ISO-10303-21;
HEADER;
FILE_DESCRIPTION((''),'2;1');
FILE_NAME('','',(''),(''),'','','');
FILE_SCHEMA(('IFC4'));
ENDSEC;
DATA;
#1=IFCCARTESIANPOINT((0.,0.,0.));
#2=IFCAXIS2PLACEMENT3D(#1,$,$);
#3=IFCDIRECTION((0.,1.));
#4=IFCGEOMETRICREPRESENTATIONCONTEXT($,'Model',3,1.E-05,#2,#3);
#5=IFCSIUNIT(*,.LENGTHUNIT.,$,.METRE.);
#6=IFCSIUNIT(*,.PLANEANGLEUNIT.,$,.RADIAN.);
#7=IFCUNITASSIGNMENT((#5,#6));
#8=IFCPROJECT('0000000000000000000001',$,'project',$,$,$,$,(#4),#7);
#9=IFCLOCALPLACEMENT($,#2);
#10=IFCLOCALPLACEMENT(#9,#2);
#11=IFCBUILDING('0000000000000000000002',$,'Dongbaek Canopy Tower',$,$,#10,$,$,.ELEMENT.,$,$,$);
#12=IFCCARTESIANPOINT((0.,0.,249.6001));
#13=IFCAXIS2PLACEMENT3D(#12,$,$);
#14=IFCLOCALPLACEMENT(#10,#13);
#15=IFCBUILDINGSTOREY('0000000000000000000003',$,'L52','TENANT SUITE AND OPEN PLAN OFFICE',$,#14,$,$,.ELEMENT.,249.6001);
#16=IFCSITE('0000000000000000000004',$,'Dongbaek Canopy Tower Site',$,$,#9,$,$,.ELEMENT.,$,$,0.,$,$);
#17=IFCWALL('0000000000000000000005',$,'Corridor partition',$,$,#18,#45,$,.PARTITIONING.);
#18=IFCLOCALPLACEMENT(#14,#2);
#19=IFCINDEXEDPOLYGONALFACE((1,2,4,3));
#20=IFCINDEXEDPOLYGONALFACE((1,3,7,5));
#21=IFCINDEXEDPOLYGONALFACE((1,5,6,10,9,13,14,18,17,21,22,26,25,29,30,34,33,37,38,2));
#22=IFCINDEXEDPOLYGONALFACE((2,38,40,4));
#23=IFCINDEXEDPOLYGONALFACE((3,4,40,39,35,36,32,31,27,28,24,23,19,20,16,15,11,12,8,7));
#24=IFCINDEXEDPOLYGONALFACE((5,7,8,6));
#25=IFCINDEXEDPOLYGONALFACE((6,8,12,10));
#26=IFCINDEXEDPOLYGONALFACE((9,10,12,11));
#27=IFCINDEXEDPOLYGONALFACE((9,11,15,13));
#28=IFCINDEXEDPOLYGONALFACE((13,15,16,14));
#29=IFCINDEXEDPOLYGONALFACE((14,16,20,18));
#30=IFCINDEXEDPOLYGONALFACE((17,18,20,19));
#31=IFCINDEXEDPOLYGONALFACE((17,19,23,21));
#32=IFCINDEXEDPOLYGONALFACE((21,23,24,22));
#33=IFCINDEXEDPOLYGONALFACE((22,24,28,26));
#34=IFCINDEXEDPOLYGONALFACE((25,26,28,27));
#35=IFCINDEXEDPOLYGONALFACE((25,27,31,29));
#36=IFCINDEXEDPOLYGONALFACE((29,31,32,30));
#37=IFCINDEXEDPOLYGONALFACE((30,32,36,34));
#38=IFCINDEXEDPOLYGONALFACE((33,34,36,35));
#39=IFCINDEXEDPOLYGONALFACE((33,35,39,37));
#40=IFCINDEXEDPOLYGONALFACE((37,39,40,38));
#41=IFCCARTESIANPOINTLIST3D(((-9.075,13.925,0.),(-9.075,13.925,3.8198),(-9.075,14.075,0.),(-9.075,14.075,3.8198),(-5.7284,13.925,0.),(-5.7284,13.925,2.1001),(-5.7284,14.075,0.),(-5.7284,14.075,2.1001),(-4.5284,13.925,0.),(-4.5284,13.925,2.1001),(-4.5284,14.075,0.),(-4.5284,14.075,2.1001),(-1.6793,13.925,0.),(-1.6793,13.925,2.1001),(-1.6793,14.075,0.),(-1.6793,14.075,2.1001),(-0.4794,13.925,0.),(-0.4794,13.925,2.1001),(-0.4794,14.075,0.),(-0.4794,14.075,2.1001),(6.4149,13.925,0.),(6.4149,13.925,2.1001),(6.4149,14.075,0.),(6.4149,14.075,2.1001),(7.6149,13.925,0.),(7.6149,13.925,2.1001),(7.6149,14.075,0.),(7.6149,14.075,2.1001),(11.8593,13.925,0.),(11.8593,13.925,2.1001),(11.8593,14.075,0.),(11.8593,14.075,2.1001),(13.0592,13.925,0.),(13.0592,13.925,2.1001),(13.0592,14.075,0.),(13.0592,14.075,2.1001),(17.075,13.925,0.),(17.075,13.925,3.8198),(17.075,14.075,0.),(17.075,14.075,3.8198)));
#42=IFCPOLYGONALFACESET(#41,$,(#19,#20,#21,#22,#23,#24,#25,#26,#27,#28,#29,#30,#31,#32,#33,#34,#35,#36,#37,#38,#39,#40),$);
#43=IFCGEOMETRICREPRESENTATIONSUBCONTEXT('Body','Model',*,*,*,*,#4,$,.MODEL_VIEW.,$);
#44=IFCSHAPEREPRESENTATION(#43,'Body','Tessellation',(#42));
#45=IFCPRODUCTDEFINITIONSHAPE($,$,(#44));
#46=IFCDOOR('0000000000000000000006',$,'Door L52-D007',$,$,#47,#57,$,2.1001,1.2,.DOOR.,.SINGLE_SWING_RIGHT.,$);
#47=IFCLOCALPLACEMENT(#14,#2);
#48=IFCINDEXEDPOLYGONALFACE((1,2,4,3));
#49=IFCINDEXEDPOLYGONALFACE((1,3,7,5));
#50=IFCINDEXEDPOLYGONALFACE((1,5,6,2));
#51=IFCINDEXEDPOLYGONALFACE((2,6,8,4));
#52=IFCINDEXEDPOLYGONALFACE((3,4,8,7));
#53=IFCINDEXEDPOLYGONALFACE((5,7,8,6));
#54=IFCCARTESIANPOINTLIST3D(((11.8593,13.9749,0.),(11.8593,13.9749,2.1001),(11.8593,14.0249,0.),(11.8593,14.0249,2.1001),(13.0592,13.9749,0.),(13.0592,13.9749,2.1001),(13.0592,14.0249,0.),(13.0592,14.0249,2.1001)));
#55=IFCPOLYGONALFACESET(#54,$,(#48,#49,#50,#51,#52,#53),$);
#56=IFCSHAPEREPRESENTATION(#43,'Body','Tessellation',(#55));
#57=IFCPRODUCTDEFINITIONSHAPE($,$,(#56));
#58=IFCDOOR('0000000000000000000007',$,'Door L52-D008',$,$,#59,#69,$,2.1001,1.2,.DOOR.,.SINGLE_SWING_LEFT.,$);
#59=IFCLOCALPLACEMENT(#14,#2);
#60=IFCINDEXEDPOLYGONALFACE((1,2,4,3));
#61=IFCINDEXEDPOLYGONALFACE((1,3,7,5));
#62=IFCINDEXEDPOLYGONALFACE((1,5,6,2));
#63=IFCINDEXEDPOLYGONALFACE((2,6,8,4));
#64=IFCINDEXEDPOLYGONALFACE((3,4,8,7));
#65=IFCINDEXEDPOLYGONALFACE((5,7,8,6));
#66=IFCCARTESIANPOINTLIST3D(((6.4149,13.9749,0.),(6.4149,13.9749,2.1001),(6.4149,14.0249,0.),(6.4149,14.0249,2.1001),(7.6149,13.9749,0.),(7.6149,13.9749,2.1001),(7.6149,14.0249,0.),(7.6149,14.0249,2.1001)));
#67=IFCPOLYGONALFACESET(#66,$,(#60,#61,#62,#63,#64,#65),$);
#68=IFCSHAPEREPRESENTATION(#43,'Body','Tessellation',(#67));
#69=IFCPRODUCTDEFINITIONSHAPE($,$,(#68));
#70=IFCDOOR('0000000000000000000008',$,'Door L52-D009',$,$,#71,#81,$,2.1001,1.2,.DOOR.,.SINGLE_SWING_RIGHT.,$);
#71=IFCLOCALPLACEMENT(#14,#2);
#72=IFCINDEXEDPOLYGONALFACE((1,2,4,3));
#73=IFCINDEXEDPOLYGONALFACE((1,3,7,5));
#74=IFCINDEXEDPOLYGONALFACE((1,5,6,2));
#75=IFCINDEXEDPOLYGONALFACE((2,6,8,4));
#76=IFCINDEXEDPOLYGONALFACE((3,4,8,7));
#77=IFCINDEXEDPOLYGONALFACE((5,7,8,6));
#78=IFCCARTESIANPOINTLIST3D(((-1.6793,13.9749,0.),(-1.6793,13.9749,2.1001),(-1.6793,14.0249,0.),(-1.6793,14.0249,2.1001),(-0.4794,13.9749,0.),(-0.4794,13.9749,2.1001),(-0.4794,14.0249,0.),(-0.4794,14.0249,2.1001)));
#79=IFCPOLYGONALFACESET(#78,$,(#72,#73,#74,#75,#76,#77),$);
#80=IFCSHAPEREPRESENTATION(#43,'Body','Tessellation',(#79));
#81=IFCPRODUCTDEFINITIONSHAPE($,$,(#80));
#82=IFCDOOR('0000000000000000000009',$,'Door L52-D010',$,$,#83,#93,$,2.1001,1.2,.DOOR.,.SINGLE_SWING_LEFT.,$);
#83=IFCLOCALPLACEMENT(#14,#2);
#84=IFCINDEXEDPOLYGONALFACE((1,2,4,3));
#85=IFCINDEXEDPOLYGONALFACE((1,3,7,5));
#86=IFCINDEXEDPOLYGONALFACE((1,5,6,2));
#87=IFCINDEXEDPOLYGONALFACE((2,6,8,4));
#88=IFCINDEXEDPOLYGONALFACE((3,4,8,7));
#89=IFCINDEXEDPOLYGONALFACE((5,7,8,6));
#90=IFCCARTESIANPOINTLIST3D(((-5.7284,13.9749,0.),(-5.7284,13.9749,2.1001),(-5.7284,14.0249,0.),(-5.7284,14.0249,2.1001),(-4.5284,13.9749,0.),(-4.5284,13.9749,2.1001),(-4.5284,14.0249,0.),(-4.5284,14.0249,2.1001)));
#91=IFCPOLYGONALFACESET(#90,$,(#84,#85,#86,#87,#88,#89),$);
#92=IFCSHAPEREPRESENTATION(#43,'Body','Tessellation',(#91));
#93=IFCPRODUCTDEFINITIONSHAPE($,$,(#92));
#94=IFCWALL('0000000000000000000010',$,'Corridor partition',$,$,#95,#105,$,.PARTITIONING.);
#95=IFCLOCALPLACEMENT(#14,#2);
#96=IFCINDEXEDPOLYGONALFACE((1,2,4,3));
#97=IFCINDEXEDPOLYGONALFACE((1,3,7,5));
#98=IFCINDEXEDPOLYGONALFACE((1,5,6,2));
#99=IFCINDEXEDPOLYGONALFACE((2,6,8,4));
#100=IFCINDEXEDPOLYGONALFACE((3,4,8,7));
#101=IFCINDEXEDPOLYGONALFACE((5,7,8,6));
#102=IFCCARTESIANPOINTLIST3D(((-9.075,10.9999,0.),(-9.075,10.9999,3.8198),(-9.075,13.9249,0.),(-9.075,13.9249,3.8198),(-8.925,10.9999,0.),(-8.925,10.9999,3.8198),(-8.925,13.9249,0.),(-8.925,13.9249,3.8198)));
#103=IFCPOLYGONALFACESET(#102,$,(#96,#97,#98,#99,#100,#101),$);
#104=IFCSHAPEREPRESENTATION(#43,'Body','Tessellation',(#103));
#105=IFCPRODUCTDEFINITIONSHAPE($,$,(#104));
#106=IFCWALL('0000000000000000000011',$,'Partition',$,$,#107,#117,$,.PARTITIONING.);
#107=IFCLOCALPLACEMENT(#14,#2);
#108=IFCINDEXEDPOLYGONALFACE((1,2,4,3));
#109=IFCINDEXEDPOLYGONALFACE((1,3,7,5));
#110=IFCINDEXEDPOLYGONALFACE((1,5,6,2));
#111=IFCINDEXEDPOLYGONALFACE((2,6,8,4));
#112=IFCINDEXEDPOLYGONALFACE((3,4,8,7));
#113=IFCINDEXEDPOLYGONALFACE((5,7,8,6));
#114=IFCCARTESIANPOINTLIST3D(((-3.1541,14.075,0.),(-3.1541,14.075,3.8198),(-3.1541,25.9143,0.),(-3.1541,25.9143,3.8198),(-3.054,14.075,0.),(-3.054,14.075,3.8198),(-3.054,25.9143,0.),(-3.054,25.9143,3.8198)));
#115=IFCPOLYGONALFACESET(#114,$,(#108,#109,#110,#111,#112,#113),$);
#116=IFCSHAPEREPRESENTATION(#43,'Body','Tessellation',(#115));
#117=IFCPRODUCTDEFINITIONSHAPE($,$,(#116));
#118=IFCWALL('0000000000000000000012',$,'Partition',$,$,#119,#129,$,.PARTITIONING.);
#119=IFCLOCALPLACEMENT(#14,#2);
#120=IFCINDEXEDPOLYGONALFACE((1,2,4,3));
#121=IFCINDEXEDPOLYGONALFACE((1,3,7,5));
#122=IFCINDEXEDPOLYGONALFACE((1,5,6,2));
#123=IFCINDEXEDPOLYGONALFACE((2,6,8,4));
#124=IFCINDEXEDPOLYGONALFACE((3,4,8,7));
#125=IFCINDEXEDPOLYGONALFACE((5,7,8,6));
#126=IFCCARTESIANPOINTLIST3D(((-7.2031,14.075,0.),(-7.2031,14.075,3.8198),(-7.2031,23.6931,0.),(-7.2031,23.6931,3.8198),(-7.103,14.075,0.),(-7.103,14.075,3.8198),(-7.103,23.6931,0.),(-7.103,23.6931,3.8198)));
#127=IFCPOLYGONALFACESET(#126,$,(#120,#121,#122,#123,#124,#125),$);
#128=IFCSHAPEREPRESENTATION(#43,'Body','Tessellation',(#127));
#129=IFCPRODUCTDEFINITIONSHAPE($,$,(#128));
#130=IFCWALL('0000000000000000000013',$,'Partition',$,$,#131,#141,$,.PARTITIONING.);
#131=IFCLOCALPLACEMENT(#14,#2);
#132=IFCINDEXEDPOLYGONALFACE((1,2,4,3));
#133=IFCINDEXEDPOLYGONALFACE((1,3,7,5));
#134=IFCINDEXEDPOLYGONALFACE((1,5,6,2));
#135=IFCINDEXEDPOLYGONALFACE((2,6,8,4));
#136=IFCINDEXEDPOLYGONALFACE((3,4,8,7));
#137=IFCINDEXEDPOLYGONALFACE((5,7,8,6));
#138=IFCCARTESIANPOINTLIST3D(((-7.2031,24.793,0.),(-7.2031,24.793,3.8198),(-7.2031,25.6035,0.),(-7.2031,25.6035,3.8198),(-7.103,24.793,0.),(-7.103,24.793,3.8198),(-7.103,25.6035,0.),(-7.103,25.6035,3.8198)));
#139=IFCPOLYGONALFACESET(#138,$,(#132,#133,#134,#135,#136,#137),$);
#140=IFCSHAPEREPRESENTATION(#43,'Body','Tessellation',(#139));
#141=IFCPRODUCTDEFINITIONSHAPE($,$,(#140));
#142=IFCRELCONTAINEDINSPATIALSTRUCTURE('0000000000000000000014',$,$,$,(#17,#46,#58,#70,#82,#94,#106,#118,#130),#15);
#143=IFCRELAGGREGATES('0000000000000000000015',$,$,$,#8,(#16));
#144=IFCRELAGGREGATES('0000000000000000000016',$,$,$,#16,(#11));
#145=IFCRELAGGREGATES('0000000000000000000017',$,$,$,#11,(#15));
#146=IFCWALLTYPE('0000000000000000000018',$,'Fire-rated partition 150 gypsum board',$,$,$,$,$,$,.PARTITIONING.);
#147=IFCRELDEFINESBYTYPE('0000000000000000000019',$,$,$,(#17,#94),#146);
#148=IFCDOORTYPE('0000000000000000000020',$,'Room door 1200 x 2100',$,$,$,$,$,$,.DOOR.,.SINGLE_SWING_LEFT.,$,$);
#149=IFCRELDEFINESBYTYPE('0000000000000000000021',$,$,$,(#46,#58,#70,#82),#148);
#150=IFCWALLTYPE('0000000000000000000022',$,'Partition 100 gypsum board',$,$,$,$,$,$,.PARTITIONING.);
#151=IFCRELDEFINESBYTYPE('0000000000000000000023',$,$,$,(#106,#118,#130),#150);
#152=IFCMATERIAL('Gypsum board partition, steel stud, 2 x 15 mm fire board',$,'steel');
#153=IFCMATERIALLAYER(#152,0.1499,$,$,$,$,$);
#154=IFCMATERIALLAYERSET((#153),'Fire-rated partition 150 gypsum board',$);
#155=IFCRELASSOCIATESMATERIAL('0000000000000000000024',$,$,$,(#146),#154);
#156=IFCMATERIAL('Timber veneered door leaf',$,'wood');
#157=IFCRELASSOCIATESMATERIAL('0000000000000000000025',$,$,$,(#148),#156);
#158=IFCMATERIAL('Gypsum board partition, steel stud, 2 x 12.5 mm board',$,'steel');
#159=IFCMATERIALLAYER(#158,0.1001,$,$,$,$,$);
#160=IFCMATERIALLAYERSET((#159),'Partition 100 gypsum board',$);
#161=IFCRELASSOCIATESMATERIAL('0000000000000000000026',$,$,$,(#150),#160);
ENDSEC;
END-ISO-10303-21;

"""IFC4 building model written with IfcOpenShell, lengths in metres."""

from ifc_helpers import new_model, si_unit, direction, frame, frame_2d, origin, place, context, subcontext, project, spatial, rectangle, extrude, material, layer, layer_set, type_object, element, fill, save


model = new_model("IFC4")

# Units and contexts
model_context = context("Model", 3, precision=1e-05, world=origin(), true_north=direction((0.0, 1.0)))
body_context = subcontext(model_context, "Body", "Model", "MODEL_VIEW")
ifc_project = project(units=[si_unit("LENGTHUNIT", "METRE"), si_unit("PLANEANGLEUNIT", "RADIAN")], contexts=[model_context])

# Site, building, storey
site_placement = place(None, origin())
site = spatial("IfcSite", under=ifc_project, at=site_placement, Name="Dongbaek Canopy Tower Site", CompositionType="ELEMENT", RefElevation=0.0)
building_placement = place(site_placement, origin())
building = spatial("IfcBuilding", under=site, at=building_placement, Name="Dongbaek Canopy Tower", CompositionType="ELEMENT")
storey_placement = place(building_placement, frame((0.0, 0.0, 249.6001)))
storey = spatial("IfcBuildingStorey", under=building, at=storey_placement, Name="L52", Description="TENANT SUITE AND OPEN PLAN OFFICE", CompositionType="ELEMENT", Elevation=249.6001)

# Wall, openings, doors
ifc_material_1 = material(Name="Gypsum board partition, steel stud, 2 x 15 mm fire board", Category="steel")
ifc_layer_1 = layer(ifc_material_1, 0.1499)
ifc_layer_set_1 = layer_set([ifc_layer_1], Name="Fire-rated partition 150 gypsum board")
wall_type_1 = type_object("IfcWallType", Name="Fire-rated partition 150 gypsum board", PredefinedType="PARTITIONING", material=ifc_layer_set_1)
wall_1_placement = place(storey_placement, frame((-9.075, 14.0, 0.0), z_axis=(0.0, 0.0, 1.0), x_axis=(1.0, 0.0, 0.0)))
wall_1 = element("IfcWall", 1, at=wall_1_placement, inside=storey, type_object=wall_type_1, Name="Corridor partition", PredefinedType="PARTITIONING", context=body_context, shape_type="SweptSolid", body=[
    extrude(rectangle(XDim=26.1499, YDim=0.1499, at=frame_2d((13.075, 0.0))), origin(), (0.0, 0.0, 1.0), 3.8198),
])
opening_1_placement = place(wall_1_placement, frame((20.9341, 0.0, 0.0)))
opening_1 = element("IfcOpeningElement", 2, at=opening_1_placement, cuts=wall_1, PredefinedType="OPENING", context=body_context, shape_type="SweptSolid", body=[
    extrude(rectangle(XDim=1.2, YDim=2.1001, at=frame_2d((0.6001, 1.05))), frame((0.0, 0.085, 0.0), z_axis=(0.0, -1.0, 0.0), x_axis=(1.0, 0.0, 0.0)), (0.0, 0.0, 1.0), 0.1699),
])
opening_2_placement = place(wall_1_placement, frame((15.4897, 0.0, 0.0)))
opening_2 = element("IfcOpeningElement", 3, at=opening_2_placement, cuts=wall_1, PredefinedType="OPENING", context=body_context, shape_type="SweptSolid", body=[
    extrude(rectangle(XDim=1.2, YDim=2.1001, at=frame_2d((0.6001, 1.05))), frame((0.0, 0.085, 0.0), z_axis=(0.0, -1.0, 0.0), x_axis=(1.0, 0.0, 0.0)), (0.0, 0.0, 1.0), 0.1699),
])
opening_3_placement = place(wall_1_placement, frame((7.3955, 0.0, 0.0)))
opening_3 = element("IfcOpeningElement", 4, at=opening_3_placement, cuts=wall_1, PredefinedType="OPENING", context=body_context, shape_type="SweptSolid", body=[
    extrude(rectangle(XDim=1.2, YDim=2.1001, at=frame_2d((0.6001, 1.05))), frame((0.0, 0.085, 0.0), z_axis=(0.0, -1.0, 0.0), x_axis=(1.0, 0.0, 0.0)), (0.0, 0.0, 1.0), 0.1699),
])
opening_4_placement = place(wall_1_placement, frame((3.3464, 0.0, 0.0)))
opening_4 = element("IfcOpeningElement", 5, at=opening_4_placement, cuts=wall_1, PredefinedType="OPENING", context=body_context, shape_type="SweptSolid", body=[
    extrude(rectangle(XDim=1.2, YDim=2.1001, at=frame_2d((0.6001, 1.05))), frame((0.0, 0.085, 0.0), z_axis=(0.0, -1.0, 0.0), x_axis=(1.0, 0.0, 0.0)), (0.0, 0.0, 1.0), 0.1699),
])
ifc_material_2 = material(Name="Timber veneered door leaf", Category="wood")
door_type_1 = type_object("IfcDoorType", Name="Room door 1200 x 2100", OperationType="SINGLE_SWING_LEFT", PredefinedType="DOOR", material=ifc_material_2)
door_1_placement = place(opening_1_placement, origin())
door_1 = element("IfcDoor", 6, at=door_1_placement, inside=storey, type_object=door_type_1, Name="Door L52-D007", OperationType="SINGLE_SWING_RIGHT", OverallHeight=2.1001, OverallWidth=1.2, PredefinedType="DOOR", context=body_context, shape_type="SweptSolid", body=[
    extrude(rectangle(XDim=1.2, YDim=2.1001, at=frame_2d((0.6001, 1.05))), frame((0.0, 0.0249, 0.0), z_axis=(0.0, -1.0, 0.0), x_axis=(1.0, 0.0, 0.0)), (0.0, 0.0, 1.0), 0.05),
])
fill(opening_1, door_1)
door_2_placement = place(opening_2_placement, origin())
door_2 = element("IfcDoor", 7, at=door_2_placement, inside=storey, type_object=door_type_1, Name="Door L52-D008", OperationType="SINGLE_SWING_LEFT", OverallHeight=2.1001, OverallWidth=1.2, PredefinedType="DOOR", context=body_context, shape_type="SweptSolid", body=[
    extrude(rectangle(XDim=1.2, YDim=2.1001, at=frame_2d((0.6001, 1.05))), frame((0.0, 0.0249, 0.0), z_axis=(0.0, -1.0, 0.0), x_axis=(1.0, 0.0, 0.0)), (0.0, 0.0, 1.0), 0.05),
])
fill(opening_2, door_2)
door_3_placement = place(opening_3_placement, origin())
door_3 = element("IfcDoor", 8, at=door_3_placement, inside=storey, type_object=door_type_1, Name="Door L52-D009", OperationType="SINGLE_SWING_RIGHT", OverallHeight=2.1001, OverallWidth=1.2, PredefinedType="DOOR", context=body_context, shape_type="SweptSolid", body=[
    extrude(rectangle(XDim=1.2, YDim=2.1001, at=frame_2d((0.6001, 1.05))), frame((0.0, 0.0249, 0.0), z_axis=(0.0, -1.0, 0.0), x_axis=(1.0, 0.0, 0.0)), (0.0, 0.0, 1.0), 0.05),
])
fill(opening_3, door_3)
door_4_placement = place(opening_4_placement, origin())
door_4 = element("IfcDoor", 9, at=door_4_placement, inside=storey, type_object=door_type_1, Name="Door L52-D010", OperationType="SINGLE_SWING_LEFT", OverallHeight=2.1001, OverallWidth=1.2, PredefinedType="DOOR", context=body_context, shape_type="SweptSolid", body=[
    extrude(rectangle(XDim=1.2, YDim=2.1001, at=frame_2d((0.6001, 1.05))), frame((0.0, 0.0249, 0.0), z_axis=(0.0, -1.0, 0.0), x_axis=(1.0, 0.0, 0.0)), (0.0, 0.0, 1.0), 0.05),
])
fill(opening_4, door_4)

# Walls
wall_2_placement = place(storey_placement, frame((-9.0, 11.0, 0.0), z_axis=(0.0, 0.0, 1.0), x_axis=(0.0, 1.0, 0.0)))
element("IfcWall", 10, at=wall_2_placement, inside=storey, type_object=wall_type_1, Name="Corridor partition", PredefinedType="PARTITIONING", context=body_context, shape_type="SweptSolid", body=[
    extrude(rectangle(XDim=2.925, YDim=0.1499, at=frame_2d((1.4624, 0.0))), origin(), (0.0, 0.0, 1.0), 3.8198),
])
ifc_material_3 = material(Name="Gypsum board partition, steel stud, 2 x 12.5 mm board", Category="steel")
ifc_layer_2 = layer(ifc_material_3, 0.1001)
ifc_layer_set_2 = layer_set([ifc_layer_2], Name="Partition 100 gypsum board")
wall_type_2 = type_object("IfcWallType", Name="Partition 100 gypsum board", PredefinedType="PARTITIONING", material=ifc_layer_set_2)
wall_3_placement = place(storey_placement, frame((-3.104, 14.075, 0.0), z_axis=(0.0, 0.0, 1.0), x_axis=(0.0, 1.0, 0.0)))
element("IfcWall", 11, at=wall_3_placement, inside=storey, type_object=wall_type_2, Name="Partition", PredefinedType="PARTITIONING", context=body_context, shape_type="SweptSolid", body=[
    extrude(rectangle(XDim=11.8394, YDim=0.1001, at=frame_2d((5.9197, 0.0))), origin(), (0.0, 0.0, 1.0), 3.8198),
])
wall_4_placement = place(storey_placement, frame((-7.1531, 14.075, 0.0), z_axis=(0.0, 0.0, 1.0), x_axis=(0.0, 1.0, 0.0)))
element("IfcWall", 12, at=wall_4_placement, inside=storey, type_object=wall_type_2, Name="Partition", PredefinedType="PARTITIONING", context=body_context, shape_type="SweptSolid", body=[
    extrude(rectangle(XDim=9.6182, YDim=0.1001, at=frame_2d((4.8091, 0.0))), origin(), (0.0, 0.0, 1.0), 3.8198),
])
wall_5_placement = place(storey_placement, frame((-7.1531, 24.793, 0.0), z_axis=(0.0, 0.0, 1.0), x_axis=(0.0, 1.0, 0.0)))
element("IfcWall", 13, at=wall_5_placement, inside=storey, type_object=wall_type_2, Name="Partition", PredefinedType="PARTITIONING", context=body_context, shape_type="SweptSolid", body=[
    extrude(rectangle(XDim=0.8105, YDim=0.1001, at=frame_2d((0.4053, 0.0))), origin(), (0.0, 0.0, 1.0), 3.8198),
])

save(model, "model.ifc")
